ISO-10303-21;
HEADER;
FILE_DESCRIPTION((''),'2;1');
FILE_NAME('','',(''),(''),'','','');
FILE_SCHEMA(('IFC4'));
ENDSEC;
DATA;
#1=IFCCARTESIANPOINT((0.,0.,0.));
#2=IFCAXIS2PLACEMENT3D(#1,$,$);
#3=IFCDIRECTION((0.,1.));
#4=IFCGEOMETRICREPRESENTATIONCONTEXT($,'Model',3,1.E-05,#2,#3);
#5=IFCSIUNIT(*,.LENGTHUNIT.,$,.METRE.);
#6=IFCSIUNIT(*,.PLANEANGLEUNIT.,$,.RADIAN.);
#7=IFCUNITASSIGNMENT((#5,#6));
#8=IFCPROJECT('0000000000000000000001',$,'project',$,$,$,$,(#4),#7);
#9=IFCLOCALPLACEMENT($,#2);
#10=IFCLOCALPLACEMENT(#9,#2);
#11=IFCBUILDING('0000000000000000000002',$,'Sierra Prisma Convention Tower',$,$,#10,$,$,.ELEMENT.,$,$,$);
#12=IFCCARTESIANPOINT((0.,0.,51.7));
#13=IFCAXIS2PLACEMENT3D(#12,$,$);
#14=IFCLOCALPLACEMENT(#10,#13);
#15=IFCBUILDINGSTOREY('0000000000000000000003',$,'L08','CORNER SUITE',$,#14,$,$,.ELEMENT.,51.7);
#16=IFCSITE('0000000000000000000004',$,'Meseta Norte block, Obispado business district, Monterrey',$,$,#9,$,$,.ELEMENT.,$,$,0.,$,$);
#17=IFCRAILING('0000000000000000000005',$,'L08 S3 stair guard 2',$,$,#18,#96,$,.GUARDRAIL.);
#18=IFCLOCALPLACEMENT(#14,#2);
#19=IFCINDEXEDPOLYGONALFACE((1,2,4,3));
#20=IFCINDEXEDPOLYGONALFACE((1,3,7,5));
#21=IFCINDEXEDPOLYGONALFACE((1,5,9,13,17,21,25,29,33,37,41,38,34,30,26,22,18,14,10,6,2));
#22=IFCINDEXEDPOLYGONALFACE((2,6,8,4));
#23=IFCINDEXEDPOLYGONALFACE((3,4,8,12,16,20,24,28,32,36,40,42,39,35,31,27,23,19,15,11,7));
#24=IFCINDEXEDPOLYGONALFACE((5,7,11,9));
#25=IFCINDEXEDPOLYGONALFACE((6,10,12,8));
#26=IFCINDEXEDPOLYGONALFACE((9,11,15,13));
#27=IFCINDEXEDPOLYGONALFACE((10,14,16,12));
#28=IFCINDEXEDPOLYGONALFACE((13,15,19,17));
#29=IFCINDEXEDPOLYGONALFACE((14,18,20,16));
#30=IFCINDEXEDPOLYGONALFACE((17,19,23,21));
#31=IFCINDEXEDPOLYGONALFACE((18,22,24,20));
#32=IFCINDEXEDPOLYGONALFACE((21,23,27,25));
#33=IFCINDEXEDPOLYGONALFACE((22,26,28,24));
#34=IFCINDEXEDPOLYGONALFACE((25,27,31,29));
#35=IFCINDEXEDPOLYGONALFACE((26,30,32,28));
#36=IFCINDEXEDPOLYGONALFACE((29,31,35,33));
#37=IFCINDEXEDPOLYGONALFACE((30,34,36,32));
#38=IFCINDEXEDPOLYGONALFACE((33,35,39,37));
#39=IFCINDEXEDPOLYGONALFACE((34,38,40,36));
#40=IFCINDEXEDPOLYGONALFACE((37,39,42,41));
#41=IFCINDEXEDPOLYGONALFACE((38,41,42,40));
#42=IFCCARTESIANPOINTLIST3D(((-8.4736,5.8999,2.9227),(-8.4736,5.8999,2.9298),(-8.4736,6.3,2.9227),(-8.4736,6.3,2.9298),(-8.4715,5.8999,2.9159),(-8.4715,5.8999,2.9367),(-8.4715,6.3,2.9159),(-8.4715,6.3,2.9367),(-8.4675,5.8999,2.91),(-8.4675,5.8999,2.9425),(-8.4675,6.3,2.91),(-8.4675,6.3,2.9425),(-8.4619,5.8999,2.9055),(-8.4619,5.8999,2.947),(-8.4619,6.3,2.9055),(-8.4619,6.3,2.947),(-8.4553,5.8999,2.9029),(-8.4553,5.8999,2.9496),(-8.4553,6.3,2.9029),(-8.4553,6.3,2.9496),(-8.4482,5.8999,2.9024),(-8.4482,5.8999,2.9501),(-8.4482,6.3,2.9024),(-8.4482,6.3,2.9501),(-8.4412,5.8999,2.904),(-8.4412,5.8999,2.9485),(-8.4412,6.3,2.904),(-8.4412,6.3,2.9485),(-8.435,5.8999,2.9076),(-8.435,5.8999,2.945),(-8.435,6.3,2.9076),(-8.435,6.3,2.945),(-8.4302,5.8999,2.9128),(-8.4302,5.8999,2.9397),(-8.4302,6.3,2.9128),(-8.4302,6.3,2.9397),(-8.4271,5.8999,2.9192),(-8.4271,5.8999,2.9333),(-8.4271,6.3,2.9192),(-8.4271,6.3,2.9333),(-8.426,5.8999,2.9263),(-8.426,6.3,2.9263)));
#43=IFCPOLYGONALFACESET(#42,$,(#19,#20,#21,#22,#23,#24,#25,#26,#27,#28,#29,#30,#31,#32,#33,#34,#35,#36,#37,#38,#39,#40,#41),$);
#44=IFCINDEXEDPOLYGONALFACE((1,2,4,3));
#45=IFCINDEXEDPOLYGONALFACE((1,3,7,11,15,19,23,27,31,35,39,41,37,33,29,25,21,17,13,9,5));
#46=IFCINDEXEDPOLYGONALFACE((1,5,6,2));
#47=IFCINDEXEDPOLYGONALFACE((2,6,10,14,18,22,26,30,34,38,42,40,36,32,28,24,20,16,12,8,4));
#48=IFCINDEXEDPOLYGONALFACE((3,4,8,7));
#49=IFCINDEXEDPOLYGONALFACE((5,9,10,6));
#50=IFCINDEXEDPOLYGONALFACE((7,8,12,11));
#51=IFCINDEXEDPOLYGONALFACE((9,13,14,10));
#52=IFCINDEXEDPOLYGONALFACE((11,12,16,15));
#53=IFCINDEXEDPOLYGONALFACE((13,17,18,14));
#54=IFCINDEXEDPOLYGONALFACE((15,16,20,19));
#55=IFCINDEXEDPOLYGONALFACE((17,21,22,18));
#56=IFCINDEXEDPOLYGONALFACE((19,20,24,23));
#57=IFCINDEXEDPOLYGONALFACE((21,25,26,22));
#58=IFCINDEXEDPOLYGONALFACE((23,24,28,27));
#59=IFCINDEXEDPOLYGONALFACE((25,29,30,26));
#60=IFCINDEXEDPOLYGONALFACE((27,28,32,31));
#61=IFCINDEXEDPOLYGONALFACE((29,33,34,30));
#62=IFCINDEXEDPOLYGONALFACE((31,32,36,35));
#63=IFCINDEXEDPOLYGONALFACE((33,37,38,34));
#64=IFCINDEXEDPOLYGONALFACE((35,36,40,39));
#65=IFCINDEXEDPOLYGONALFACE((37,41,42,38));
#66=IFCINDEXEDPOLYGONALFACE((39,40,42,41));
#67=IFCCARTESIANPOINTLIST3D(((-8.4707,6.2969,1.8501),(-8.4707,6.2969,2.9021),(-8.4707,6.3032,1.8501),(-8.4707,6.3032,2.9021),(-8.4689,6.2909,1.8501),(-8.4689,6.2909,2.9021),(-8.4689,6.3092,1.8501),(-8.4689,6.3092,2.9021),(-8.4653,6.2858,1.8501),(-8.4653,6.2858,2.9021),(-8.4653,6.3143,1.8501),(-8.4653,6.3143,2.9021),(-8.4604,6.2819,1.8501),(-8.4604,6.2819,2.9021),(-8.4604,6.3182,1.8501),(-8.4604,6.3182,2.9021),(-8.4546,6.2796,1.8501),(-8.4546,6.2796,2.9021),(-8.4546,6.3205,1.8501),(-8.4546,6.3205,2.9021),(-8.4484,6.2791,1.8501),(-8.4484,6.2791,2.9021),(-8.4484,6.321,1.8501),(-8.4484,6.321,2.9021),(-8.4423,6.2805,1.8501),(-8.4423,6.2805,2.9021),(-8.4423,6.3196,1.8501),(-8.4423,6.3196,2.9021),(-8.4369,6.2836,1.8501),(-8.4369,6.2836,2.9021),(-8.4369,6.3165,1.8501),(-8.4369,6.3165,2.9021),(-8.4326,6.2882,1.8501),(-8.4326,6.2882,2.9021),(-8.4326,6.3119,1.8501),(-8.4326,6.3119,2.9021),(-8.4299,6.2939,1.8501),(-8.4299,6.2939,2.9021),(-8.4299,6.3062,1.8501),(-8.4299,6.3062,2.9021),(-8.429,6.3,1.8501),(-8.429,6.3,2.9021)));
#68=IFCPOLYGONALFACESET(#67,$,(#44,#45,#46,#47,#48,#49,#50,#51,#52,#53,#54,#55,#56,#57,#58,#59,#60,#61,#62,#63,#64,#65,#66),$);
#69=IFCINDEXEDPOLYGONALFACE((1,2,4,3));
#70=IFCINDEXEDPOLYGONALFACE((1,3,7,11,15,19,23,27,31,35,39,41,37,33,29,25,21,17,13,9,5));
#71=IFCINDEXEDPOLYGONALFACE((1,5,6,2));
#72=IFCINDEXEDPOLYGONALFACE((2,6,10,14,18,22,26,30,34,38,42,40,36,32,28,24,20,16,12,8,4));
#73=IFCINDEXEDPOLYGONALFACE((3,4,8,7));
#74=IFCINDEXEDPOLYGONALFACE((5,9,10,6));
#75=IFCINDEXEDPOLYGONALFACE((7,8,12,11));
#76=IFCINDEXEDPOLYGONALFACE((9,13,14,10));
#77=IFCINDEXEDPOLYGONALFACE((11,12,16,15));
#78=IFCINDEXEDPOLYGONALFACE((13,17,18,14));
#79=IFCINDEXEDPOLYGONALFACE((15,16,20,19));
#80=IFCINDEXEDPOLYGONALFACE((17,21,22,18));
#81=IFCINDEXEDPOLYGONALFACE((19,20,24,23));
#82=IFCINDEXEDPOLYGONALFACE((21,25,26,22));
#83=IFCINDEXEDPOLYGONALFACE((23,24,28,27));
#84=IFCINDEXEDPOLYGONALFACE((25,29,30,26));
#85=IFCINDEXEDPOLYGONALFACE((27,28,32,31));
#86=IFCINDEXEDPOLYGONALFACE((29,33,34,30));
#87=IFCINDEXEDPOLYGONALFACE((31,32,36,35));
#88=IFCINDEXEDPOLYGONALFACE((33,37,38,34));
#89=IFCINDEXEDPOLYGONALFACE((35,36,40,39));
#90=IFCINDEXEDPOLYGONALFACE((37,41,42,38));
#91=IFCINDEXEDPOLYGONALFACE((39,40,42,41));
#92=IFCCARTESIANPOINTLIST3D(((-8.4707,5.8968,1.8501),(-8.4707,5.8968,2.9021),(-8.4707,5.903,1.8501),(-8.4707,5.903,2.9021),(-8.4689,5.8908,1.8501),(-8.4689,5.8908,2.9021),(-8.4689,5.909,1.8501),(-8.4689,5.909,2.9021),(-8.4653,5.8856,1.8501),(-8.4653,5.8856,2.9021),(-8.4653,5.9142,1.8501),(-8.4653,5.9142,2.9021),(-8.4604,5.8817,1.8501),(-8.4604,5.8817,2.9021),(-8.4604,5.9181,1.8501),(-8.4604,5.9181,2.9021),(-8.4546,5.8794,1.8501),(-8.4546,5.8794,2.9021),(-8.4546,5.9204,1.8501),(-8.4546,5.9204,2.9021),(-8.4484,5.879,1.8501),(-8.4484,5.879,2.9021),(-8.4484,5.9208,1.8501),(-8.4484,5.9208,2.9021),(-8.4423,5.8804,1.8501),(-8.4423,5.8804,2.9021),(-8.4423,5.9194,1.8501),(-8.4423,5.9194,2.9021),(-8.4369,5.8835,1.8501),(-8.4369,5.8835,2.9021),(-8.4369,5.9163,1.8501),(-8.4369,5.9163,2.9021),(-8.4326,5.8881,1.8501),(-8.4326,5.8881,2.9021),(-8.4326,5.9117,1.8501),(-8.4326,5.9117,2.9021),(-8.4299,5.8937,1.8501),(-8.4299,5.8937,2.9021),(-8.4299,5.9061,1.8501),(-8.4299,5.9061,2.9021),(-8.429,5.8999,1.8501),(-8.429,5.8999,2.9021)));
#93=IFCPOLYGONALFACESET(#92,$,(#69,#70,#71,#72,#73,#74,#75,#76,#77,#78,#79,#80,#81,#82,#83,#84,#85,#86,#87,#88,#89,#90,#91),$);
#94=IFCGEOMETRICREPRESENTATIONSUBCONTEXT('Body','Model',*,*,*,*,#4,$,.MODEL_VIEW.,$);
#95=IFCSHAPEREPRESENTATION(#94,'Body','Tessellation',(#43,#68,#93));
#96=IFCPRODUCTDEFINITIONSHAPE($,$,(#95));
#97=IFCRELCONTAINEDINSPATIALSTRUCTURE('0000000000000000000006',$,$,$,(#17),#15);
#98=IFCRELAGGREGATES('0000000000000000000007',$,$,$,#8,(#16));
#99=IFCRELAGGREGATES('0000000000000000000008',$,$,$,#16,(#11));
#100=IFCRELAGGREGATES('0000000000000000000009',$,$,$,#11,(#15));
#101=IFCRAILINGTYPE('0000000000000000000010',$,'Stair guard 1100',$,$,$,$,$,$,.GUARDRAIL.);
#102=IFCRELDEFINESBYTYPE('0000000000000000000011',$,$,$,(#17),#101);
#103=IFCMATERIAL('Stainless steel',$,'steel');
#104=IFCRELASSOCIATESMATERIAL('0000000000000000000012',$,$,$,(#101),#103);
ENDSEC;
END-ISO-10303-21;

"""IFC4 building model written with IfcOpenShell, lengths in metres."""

from ifc_helpers import new_model, si_unit, direction, frame, origin, origin_2d, place, context, subcontext, project, spatial, circle, extrude, material, type_object, element, save


model = new_model("IFC4")

# Units and contexts
model_context = context("Model", 3, precision=1e-05, world=origin(), true_north=direction((0.0, 1.0)))
body_context = subcontext(model_context, "Body", "Model", "MODEL_VIEW")
ifc_project = project(units=[si_unit("LENGTHUNIT", "METRE"), si_unit("PLANEANGLEUNIT", "RADIAN")], contexts=[model_context])

# Site, building, storey
site_placement = place(None, origin())
site = spatial("IfcSite", under=ifc_project, at=site_placement, Name="Meseta Norte block, Obispado business district, Monterrey", CompositionType="ELEMENT", RefElevation=0.0)
building_placement = place(site_placement, origin())
building = spatial("IfcBuilding", under=site, at=building_placement, Name="Sierra Prisma Convention Tower", CompositionType="ELEMENT")
storey_placement = place(building_placement, frame((0.0, 0.0, 51.7)))
storey = spatial("IfcBuildingStorey", under=building, at=storey_placement, Name="L08", Description="CORNER SUITE", CompositionType="ELEMENT", Elevation=51.7)

# Railing
ifc_material_1 = material(Name="Stainless steel", Category="steel")
railing_type_1 = type_object("IfcRailingType", Name="Stair guard 1100", PredefinedType="GUARDRAIL", material=ifc_material_1)
railing_1_placement = place(storey_placement, frame((-8.45, 6.3, 1.8501)))
element("IfcRailing", 1, at=railing_1_placement, inside=storey, type_object=railing_type_1, Name="L08 S3 stair guard 2", PredefinedType="GUARDRAIL", context=body_context, shape_type="SweptSolid", body=[
    extrude(circle(Radius=0.0239, at=origin_2d()), frame((0.0, 0.0, 1.0762), z_axis=(0.0, -1.0, 0.0), x_axis=(1.0, 0.0, 0.0)), (0.0, 0.0, 1.0), 0.4001),
    extrude(circle(Radius=0.021, at=origin_2d()), origin(), (0.0, 0.0, 1.0), 1.052),
    extrude(circle(Radius=0.021, at=origin_2d()), frame((0.0, -0.4001, 0.0)), (0.0, 0.0, 1.0), 1.052),
])

save(model, "model.ifc")
